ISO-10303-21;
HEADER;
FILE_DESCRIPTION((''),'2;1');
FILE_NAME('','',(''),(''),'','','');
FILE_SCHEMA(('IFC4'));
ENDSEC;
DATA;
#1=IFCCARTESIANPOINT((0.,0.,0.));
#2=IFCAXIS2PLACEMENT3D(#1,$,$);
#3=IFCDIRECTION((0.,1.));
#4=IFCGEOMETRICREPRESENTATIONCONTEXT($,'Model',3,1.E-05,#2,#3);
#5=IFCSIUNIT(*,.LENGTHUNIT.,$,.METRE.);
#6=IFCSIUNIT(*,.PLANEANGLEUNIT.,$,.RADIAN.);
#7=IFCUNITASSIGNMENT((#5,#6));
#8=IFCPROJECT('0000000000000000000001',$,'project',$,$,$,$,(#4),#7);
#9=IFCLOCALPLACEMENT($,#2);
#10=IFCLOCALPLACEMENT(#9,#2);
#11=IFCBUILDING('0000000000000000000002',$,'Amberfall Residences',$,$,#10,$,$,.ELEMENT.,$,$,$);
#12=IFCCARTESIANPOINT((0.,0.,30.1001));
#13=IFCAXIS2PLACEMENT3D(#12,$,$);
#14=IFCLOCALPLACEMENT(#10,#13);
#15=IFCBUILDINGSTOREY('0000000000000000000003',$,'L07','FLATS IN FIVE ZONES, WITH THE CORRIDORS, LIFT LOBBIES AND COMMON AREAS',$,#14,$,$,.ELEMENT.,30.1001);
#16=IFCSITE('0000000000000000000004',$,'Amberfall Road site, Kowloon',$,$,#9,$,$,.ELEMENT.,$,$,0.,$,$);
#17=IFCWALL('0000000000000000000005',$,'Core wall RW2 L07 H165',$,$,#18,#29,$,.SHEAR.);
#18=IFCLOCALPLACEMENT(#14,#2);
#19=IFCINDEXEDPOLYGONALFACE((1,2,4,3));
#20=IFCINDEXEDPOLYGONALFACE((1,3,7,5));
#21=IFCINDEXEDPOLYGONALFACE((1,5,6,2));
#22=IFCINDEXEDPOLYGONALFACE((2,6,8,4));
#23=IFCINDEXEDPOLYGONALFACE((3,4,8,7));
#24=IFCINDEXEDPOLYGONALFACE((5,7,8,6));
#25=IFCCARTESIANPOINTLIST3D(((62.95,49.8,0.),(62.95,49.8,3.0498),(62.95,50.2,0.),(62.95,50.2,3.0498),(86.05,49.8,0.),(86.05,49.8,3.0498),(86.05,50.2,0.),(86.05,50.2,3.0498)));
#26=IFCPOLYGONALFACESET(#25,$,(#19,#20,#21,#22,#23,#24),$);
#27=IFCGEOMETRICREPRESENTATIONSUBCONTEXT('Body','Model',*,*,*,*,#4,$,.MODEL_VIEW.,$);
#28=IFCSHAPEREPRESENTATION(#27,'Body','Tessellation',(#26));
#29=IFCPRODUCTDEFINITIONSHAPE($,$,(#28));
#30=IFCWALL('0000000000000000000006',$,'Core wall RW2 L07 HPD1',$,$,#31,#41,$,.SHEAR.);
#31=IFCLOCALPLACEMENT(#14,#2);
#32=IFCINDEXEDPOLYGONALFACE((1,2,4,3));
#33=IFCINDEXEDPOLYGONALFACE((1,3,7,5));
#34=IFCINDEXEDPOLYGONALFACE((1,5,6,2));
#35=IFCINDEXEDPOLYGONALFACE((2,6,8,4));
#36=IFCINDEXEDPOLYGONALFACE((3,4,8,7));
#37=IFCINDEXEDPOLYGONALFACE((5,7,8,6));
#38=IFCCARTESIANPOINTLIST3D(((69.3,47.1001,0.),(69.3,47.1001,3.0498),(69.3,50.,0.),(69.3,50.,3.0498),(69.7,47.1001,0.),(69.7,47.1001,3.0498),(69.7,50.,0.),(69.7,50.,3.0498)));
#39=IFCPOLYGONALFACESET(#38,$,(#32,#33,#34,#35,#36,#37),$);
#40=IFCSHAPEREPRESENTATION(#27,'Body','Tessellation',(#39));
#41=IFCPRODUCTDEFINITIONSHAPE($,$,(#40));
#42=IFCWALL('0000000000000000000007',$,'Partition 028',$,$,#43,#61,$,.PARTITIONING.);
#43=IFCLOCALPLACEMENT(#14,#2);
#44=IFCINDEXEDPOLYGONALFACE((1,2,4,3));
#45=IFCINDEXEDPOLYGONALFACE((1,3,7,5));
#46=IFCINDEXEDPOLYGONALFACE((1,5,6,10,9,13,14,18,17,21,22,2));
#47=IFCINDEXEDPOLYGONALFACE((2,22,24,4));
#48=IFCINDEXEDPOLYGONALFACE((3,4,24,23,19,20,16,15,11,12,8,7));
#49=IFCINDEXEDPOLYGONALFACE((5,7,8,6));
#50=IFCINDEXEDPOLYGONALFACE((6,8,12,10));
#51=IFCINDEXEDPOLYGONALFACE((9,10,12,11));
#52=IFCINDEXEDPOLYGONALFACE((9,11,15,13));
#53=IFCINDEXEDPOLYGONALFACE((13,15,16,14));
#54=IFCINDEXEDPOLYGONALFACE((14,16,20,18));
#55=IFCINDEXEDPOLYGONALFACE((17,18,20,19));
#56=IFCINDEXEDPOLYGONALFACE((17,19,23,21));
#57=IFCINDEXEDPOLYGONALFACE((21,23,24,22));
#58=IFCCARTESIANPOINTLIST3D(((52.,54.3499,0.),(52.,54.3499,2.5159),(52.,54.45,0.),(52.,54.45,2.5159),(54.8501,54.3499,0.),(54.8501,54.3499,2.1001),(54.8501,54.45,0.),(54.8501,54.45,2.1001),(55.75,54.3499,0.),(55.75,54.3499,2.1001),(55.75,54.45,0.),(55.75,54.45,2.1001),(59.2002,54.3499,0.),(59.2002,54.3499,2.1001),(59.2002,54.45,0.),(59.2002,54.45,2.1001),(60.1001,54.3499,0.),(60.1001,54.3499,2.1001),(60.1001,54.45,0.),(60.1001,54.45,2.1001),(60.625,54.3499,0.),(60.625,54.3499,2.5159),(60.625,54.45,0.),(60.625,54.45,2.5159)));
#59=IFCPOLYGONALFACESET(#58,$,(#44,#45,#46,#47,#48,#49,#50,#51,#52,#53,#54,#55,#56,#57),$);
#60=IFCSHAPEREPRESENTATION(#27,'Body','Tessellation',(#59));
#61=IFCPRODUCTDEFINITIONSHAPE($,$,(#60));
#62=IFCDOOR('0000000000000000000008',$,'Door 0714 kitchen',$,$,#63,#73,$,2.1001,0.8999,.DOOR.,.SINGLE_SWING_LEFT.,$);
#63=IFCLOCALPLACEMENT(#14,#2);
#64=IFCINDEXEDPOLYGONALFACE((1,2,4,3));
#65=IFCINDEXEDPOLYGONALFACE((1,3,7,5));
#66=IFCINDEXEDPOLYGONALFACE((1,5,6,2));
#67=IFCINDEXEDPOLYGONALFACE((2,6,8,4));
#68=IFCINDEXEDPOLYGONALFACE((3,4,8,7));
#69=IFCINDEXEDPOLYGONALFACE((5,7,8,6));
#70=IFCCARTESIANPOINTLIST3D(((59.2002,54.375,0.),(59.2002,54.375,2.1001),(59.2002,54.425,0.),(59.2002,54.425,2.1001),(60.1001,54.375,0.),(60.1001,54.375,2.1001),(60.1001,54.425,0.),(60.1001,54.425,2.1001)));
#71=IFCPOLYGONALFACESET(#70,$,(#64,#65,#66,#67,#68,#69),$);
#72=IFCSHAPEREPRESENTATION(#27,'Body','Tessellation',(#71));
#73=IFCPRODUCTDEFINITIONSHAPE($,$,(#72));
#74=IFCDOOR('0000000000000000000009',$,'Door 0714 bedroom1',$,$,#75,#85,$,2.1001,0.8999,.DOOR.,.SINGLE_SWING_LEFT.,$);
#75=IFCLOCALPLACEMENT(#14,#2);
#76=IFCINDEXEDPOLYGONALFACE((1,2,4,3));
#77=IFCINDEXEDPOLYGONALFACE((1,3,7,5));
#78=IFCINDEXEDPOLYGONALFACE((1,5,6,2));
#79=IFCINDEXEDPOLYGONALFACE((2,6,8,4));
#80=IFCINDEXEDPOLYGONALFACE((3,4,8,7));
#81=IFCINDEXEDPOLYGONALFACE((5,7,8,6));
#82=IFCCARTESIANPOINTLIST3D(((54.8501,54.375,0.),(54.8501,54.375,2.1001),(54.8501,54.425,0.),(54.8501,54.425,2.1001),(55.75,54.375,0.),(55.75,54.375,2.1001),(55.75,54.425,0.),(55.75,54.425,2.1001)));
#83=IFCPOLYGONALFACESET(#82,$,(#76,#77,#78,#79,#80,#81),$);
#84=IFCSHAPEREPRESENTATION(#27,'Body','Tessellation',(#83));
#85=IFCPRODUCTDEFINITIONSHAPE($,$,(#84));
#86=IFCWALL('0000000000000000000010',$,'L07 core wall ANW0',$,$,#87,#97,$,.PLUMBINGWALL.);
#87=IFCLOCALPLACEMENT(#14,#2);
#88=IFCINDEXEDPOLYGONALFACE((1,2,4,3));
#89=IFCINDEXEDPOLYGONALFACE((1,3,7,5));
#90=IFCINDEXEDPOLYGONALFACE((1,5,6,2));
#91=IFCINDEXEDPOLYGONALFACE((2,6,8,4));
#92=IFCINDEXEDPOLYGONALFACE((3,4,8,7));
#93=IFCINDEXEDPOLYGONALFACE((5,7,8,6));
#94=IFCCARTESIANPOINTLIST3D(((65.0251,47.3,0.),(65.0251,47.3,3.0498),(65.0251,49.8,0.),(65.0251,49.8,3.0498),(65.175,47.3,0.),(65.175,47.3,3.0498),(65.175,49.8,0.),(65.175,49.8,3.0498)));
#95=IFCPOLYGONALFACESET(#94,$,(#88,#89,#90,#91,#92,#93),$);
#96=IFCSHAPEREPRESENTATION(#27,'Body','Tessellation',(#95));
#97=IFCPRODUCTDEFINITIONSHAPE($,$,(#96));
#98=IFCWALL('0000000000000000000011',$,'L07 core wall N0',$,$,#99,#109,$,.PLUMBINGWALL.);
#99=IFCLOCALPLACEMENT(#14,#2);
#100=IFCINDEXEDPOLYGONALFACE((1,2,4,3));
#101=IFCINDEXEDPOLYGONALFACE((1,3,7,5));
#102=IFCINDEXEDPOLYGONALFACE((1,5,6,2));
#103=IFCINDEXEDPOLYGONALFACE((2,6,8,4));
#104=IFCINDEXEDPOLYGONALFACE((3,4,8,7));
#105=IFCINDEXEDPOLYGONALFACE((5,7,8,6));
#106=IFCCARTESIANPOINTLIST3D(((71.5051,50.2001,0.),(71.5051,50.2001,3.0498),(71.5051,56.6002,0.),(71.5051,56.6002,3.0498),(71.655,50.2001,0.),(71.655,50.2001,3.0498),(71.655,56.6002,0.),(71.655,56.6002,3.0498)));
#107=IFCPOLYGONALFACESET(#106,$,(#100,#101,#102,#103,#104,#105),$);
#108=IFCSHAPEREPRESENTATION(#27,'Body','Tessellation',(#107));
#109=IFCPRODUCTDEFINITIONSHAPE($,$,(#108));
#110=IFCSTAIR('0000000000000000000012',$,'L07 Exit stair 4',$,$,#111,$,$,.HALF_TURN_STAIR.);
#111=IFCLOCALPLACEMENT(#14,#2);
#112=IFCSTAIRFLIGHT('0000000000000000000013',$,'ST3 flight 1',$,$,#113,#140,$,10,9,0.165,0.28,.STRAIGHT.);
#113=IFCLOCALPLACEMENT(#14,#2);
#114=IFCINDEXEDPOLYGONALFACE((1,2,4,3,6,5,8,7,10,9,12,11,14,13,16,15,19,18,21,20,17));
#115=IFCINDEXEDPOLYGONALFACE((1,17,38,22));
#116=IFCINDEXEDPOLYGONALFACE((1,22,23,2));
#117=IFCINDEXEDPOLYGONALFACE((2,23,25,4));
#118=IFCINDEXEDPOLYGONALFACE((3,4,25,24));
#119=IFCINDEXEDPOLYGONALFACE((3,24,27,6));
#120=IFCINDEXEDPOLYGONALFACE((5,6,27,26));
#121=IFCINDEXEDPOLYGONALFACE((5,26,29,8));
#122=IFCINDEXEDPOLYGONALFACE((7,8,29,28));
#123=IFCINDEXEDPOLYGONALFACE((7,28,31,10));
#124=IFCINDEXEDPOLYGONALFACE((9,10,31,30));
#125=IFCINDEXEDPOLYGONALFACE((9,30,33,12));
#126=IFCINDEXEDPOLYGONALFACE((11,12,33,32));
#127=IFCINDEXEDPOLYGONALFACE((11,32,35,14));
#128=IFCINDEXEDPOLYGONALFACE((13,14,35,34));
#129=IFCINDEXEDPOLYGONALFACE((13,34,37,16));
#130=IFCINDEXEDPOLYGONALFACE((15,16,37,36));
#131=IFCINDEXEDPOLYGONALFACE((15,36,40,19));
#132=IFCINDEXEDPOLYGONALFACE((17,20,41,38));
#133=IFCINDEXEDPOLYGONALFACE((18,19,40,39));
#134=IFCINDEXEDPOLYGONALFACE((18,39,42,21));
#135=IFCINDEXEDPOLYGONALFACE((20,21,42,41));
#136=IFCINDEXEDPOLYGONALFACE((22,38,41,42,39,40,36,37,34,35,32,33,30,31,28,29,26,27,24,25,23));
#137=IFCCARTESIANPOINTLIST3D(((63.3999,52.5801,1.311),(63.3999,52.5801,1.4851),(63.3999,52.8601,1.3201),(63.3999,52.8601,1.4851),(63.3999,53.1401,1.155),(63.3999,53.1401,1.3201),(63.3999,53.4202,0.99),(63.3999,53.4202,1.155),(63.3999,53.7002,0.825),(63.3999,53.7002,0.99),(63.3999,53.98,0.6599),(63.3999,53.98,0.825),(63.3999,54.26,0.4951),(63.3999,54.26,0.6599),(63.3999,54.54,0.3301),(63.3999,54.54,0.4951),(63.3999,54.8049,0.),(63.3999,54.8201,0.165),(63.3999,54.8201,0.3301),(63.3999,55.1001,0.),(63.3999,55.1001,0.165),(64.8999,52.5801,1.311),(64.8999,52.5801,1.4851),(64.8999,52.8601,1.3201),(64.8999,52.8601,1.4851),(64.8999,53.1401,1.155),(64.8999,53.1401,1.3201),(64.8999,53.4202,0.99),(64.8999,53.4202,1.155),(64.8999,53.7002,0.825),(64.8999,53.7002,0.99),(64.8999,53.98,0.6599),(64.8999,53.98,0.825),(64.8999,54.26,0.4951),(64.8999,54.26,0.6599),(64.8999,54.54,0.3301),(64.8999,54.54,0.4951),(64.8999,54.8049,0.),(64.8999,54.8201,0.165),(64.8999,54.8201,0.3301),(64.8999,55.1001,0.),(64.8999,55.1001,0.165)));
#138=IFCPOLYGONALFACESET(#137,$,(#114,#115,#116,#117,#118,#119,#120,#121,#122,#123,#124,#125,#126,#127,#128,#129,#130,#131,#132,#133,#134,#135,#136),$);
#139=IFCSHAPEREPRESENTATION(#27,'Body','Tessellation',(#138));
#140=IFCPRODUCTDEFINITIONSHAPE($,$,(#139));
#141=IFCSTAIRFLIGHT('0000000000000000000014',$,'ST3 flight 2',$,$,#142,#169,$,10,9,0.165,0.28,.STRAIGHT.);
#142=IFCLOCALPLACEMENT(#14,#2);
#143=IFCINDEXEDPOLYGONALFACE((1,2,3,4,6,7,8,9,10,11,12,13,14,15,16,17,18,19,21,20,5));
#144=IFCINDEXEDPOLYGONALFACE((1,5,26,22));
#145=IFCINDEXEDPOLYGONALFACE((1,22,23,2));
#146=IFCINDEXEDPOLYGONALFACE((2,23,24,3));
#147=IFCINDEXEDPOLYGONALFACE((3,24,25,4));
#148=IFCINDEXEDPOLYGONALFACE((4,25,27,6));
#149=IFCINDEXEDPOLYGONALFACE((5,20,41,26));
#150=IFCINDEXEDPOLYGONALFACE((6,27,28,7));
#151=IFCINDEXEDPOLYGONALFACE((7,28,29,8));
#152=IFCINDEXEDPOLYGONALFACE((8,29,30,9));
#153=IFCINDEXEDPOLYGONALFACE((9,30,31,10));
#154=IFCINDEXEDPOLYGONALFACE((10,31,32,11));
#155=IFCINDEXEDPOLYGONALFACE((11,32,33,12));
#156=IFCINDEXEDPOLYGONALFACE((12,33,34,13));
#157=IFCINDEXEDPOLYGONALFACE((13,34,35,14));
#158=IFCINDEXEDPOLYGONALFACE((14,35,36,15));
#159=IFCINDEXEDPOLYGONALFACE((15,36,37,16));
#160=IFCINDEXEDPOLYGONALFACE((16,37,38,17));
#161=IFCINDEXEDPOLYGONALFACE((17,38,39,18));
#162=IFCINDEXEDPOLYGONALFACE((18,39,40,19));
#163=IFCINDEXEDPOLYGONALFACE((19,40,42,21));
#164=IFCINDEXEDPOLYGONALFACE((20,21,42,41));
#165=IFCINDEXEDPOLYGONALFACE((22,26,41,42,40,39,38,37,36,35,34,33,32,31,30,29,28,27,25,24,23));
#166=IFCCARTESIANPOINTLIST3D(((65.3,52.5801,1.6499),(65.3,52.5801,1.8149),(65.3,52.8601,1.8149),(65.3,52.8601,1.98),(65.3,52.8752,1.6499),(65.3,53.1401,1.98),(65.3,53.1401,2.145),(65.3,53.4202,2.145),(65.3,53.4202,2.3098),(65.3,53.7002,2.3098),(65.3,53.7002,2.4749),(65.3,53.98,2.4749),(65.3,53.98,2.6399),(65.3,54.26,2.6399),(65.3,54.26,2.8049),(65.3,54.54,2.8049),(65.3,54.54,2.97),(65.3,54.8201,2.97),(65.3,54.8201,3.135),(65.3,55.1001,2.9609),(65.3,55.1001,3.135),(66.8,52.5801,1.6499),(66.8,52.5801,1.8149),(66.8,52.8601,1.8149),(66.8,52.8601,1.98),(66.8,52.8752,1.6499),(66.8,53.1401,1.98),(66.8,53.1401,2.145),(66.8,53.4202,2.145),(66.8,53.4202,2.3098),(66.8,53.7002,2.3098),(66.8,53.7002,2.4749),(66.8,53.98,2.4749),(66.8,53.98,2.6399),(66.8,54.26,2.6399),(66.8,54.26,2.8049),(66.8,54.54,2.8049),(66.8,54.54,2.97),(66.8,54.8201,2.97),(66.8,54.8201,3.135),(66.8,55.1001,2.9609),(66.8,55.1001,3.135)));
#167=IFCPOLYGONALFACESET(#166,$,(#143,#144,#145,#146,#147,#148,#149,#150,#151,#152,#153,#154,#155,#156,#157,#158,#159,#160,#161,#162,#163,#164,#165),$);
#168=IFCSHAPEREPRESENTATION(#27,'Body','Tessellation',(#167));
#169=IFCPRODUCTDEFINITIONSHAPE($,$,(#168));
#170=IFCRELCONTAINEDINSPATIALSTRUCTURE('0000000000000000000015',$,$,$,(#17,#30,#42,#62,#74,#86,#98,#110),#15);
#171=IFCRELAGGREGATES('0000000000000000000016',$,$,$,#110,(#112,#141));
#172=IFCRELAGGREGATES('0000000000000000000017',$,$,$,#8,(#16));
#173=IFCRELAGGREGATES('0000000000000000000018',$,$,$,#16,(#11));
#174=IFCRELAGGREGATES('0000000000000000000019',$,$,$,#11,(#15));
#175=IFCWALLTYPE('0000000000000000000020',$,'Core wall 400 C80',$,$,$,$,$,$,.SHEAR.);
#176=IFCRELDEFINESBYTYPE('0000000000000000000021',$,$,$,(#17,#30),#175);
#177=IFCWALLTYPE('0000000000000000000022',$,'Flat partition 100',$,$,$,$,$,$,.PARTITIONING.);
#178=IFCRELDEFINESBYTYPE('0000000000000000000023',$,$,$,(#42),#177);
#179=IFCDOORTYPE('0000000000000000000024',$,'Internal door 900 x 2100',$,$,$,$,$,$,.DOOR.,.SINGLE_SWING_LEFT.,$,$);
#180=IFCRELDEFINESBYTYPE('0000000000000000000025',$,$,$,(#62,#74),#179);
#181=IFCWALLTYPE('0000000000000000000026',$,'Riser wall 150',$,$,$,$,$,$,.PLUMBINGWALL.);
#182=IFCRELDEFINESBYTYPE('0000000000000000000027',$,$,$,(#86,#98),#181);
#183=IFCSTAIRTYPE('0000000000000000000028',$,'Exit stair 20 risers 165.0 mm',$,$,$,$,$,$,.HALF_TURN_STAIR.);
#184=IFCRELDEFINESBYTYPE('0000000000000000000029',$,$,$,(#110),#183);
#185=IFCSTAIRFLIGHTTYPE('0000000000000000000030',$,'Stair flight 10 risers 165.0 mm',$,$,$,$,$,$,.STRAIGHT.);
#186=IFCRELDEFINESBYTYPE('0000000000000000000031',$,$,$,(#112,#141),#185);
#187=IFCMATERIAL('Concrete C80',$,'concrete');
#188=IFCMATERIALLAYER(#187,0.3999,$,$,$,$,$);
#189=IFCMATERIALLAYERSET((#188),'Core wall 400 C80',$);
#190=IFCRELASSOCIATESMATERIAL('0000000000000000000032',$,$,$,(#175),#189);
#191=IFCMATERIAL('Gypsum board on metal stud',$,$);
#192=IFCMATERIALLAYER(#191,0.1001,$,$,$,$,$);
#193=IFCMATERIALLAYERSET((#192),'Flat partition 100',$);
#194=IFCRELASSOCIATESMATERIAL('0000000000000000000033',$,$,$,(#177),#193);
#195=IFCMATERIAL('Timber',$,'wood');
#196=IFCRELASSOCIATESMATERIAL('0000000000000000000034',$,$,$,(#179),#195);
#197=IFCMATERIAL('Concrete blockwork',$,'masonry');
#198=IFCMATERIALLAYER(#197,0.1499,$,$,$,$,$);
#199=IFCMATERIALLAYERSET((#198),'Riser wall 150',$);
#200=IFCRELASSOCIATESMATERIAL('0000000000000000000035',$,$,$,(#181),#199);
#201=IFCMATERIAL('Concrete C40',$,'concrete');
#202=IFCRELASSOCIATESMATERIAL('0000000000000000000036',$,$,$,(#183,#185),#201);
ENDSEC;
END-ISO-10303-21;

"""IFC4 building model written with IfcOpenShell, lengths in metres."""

from ifc_helpers import new_model, si_unit, direction, frame, frame_2d, origin, place, context, subcontext, project, spatial, polyline, rectangle, outline, extrude, material, layer, layer_set, type_object, element, fill, aggregate, save


model = new_model("IFC4")

# Units and contexts
model_context = context("Model", 3, precision=1e-05, world=origin(), true_north=direction((0.0, 1.0)))
body_context = subcontext(model_context, "Body", "Model", "MODEL_VIEW")
ifc_project = project(units=[si_unit("LENGTHUNIT", "METRE"), si_unit("PLANEANGLEUNIT", "RADIAN")], contexts=[model_context])

# Site, building, storey
site_placement = place(None, origin())
site = spatial("IfcSite", under=ifc_project, at=site_placement, Name="Amberfall Road site, Kowloon", CompositionType="ELEMENT", RefElevation=0.0)
building_placement = place(site_placement, origin())
building = spatial("IfcBuilding", under=site, at=building_placement, Name="Amberfall Residences", CompositionType="ELEMENT")
storey_placement = place(building_placement, frame((0.0, 0.0, 30.1001)))
storey = spatial("IfcBuildingStorey", under=building, at=storey_placement, Name="L07", Description="FLATS IN FIVE ZONES, WITH THE CORRIDORS, LIFT LOBBIES AND COMMON AREAS", CompositionType="ELEMENT", Elevation=30.1001)

# Walls
ifc_material_1 = material(Name="Concrete C80", Category="concrete")
ifc_layer_1 = layer(ifc_material_1, 0.3999)
ifc_layer_set_1 = layer_set([ifc_layer_1], Name="Core wall 400 C80")
wall_type_1 = type_object("IfcWallType", Name="Core wall 400 C80", PredefinedType="SHEAR", material=ifc_layer_set_1)
wall_1_placement = place(storey_placement, frame((62.95, 50.0, 0.0), z_axis=(0.0, 0.0, 1.0), x_axis=(1.0, 0.0, 0.0)))
element("IfcWall", 1, at=wall_1_placement, inside=storey, type_object=wall_type_1, Name="Core wall RW2 L07 H165", PredefinedType="SHEAR", context=body_context, shape_type="SweptSolid", body=[
    extrude(rectangle(XDim=23.1001, YDim=0.3999, at=frame_2d((11.55, 0.0))), origin(), (0.0, 0.0, 1.0), 3.0498),
])
wall_2_placement = place(storey_placement, frame((69.5, 47.1001, 0.0), z_axis=(0.0, 0.0, 1.0), x_axis=(0.0, 1.0, 0.0)))
element("IfcWall", 2, at=wall_2_placement, inside=storey, type_object=wall_type_1, Name="Core wall RW2 L07 HPD1", PredefinedType="SHEAR", context=body_context, shape_type="SweptSolid", body=[
    extrude(rectangle(XDim=2.8999, YDim=0.3999, at=frame_2d((1.45, 0.0))), origin(), (0.0, 0.0, 1.0), 3.0498),
])

# Wall, openings, doors
ifc_material_2 = material(Name="Gypsum board on metal stud")
ifc_layer_2 = layer(ifc_material_2, 0.1001)
ifc_layer_set_2 = layer_set([ifc_layer_2], Name="Flat partition 100")
wall_type_2 = type_object("IfcWallType", Name="Flat partition 100", PredefinedType="PARTITIONING", material=ifc_layer_set_2)
wall_3_placement = place(storey_placement, frame((60.625, 54.3999, 0.0), z_axis=(0.0, 0.0, 1.0), x_axis=(-1.0, 0.0, 0.0)))
wall_3 = element("IfcWall", 3, at=wall_3_placement, inside=storey, type_object=wall_type_2, Name="Partition 028", PredefinedType="PARTITIONING", context=body_context, shape_type="SweptSolid", body=[
    extrude(rectangle(XDim=8.625, YDim=0.1001, at=frame_2d((4.3125, 0.0))), origin(), (0.0, 0.0, 1.0), 2.5159),
])
opening_1_placement = place(wall_3_placement, frame((0.5249, 0.0, 0.0)))
opening_1 = element("IfcOpeningElement", 4, at=opening_1_placement, cuts=wall_3, PredefinedType="OPENING", context=body_context, shape_type="SweptSolid", body=[
    extrude(rectangle(XDim=0.8999, YDim=2.1001, at=frame_2d((0.45, 1.05))), frame((0.0, 0.0601, 0.0), z_axis=(0.0, -1.0, 0.0), x_axis=(1.0, 0.0, 0.0)), (0.0, 0.0, 1.0), 0.1201),
])
opening_2_placement = place(wall_3_placement, frame((4.875, 0.0, 0.0)))
opening_2 = element("IfcOpeningElement", 5, at=opening_2_placement, cuts=wall_3, PredefinedType="OPENING", context=body_context, shape_type="SweptSolid", body=[
    extrude(rectangle(XDim=0.8999, YDim=2.1001, at=frame_2d((0.45, 1.05))), frame((0.0, 0.0601, 0.0), z_axis=(0.0, -1.0, 0.0), x_axis=(1.0, 0.0, 0.0)), (0.0, 0.0, 1.0), 0.1201),
])
ifc_material_3 = material(Name="Timber", Category="wood")
door_type = type_object("IfcDoorType", Name="Internal door 900 x 2100", OperationType="SINGLE_SWING_LEFT", PredefinedType="DOOR", material=ifc_material_3)
door_1_placement = place(opening_1_placement, origin())
door_1 = element("IfcDoor", 6, at=door_1_placement, inside=storey, type_object=door_type, Name="Door 0714 kitchen", OperationType="SINGLE_SWING_LEFT", OverallHeight=2.1001, OverallWidth=0.8999, PredefinedType="DOOR", context=body_context, shape_type="SweptSolid", body=[
    extrude(rectangle(XDim=0.8999, YDim=2.1001, at=frame_2d((0.45, 1.05))), frame((0.0, 0.0249, 0.0), z_axis=(0.0, -1.0, 0.0), x_axis=(1.0, 0.0, 0.0)), (0.0, 0.0, 1.0), 0.05),
])
fill(opening_1, door_1)
door_2_placement = place(opening_2_placement, origin())
door_2 = element("IfcDoor", 7, at=door_2_placement, inside=storey, type_object=door_type, Name="Door 0714 bedroom1", OperationType="SINGLE_SWING_LEFT", OverallHeight=2.1001, OverallWidth=0.8999, PredefinedType="DOOR", context=body_context, shape_type="SweptSolid", body=[
    extrude(rectangle(XDim=0.8999, YDim=2.1001, at=frame_2d((0.45, 1.05))), frame((0.0, 0.0249, 0.0), z_axis=(0.0, -1.0, 0.0), x_axis=(1.0, 0.0, 0.0)), (0.0, 0.0, 1.0), 0.05),
])
fill(opening_2, door_2)

# Walls
ifc_material_4 = material(Name="Concrete blockwork", Category="masonry")
ifc_layer_3 = layer(ifc_material_4, 0.1499)
ifc_layer_set_3 = layer_set([ifc_layer_3], Name="Riser wall 150")
wall_type_3 = type_object("IfcWallType", Name="Riser wall 150", PredefinedType="PLUMBINGWALL", material=ifc_layer_set_3)
wall_4_placement = place(storey_placement, frame((65.1001, 47.3, 0.0), z_axis=(0.0, 0.0, 1.0), x_axis=(0.0, 1.0, 0.0)))
element("IfcWall", 8, at=wall_4_placement, inside=storey, type_object=wall_type_3, Name="L07 core wall ANW0", PredefinedType="PLUMBINGWALL", context=body_context, shape_type="SweptSolid", body=[
    extrude(rectangle(XDim=2.5, YDim=0.1499, at=frame_2d((1.25, 0.0))), origin(), (0.0, 0.0, 1.0), 3.0498),
])
wall_5_placement = place(storey_placement, frame((71.5801, 50.2, 0.0), z_axis=(0.0, 0.0, 1.0), x_axis=(0.0, 1.0, 0.0)))
element("IfcWall", 9, at=wall_5_placement, inside=storey, type_object=wall_type_3, Name="L07 core wall N0", PredefinedType="PLUMBINGWALL", context=body_context, shape_type="SweptSolid", body=[
    extrude(rectangle(XDim=6.4001, YDim=0.1499, at=frame_2d((3.2002, 0.0))), origin(), (0.0, 0.0, 1.0), 3.0498),
])

# Stair, stair flights
ifc_material_5 = material(Name="Concrete C40", Category="concrete")
stair_type = type_object("IfcStairType", Name="Exit stair 20 risers 165.0 mm", PredefinedType="HALF_TURN_STAIR", material=ifc_material_5)
stair_placement = place(storey_placement, origin())
stair = element("IfcStair", 10, at=stair_placement, inside=storey, type_object=stair_type, Name="L07 Exit stair 4", PredefinedType="HALF_TURN_STAIR")
stair_flight_type = type_object("IfcStairFlightType", Name="Stair flight 10 risers 165.0 mm", PredefinedType="STRAIGHT", material=ifc_material_5)
stair_flight_1_placement = place(storey_placement, frame((64.1499, 55.1001, 0.0), z_axis=(0.0, 0.0, 1.0), x_axis=(0.0, -1.0, 0.0)))
stair_flight_1 = element("IfcStairFlight", 11, at=stair_flight_1_placement, type_object=stair_flight_type, Name="ST3 flight 1", NumberOfRisers=10, NumberOfTreads=9, PredefinedType="STRAIGHT", RiserHeight=0.165, TreadLength=0.28, context=body_context, shape_type="SweptSolid", body=[
    extrude(outline(polyline([(0.0, 0.0), (0.0, 0.165), (0.28, 0.165), (0.28, 0.3301), (0.5601, 0.3301), (0.5601, 0.4951), (0.8401, 0.4951), (0.8401, 0.6599), (1.1201, 0.6599), (1.1201, 0.825), (1.3999, 0.825), (1.3999, 0.99), (1.6799, 0.99), (1.6799, 1.155), (1.96, 1.155), (1.96, 1.3201), (2.24, 1.3201), (2.24, 1.4851), (2.52, 1.4851), (2.52, 1.6499), (2.52, 1.311), (0.2952, 0.0), (0.0, 0.0)])), frame((0.0, 0.75, 0.0), z_axis=(0.0, -1.0, 0.0), x_axis=(1.0, 0.0, 0.0)), (0.0, 0.0, 1.0), 1.5),
])
stair_flight_2_placement = place(storey_placement, frame((66.05, 52.5801, 1.6499), z_axis=(0.0, 0.0, 1.0), x_axis=(0.0, 1.0, 0.0)))
stair_flight_2 = element("IfcStairFlight", 12, at=stair_flight_2_placement, type_object=stair_flight_type, Name="ST3 flight 2", NumberOfRisers=10, NumberOfTreads=9, PredefinedType="STRAIGHT", RiserHeight=0.165, TreadLength=0.28, context=body_context, shape_type="SweptSolid", body=[
    extrude(outline(polyline([(0.0, 0.0), (0.0, 0.165), (0.28, 0.165), (0.28, 0.3301), (0.5601, 0.3301), (0.5601, 0.4951), (0.8401, 0.4951), (0.8401, 0.6599), (1.1201, 0.6599), (1.1201, 0.825), (1.3999, 0.825), (1.3999, 0.99), (1.6799, 0.99), (1.6799, 1.155), (1.96, 1.155), (1.96, 1.3201), (2.24, 1.3201), (2.24, 1.4851), (2.52, 1.4851), (2.52, 1.6499), (2.52, 1.311), (0.2952, 0.0), (0.0, 0.0)])), frame((0.0, 0.75, 0.0), z_axis=(0.0, -1.0, 0.0), x_axis=(1.0, 0.0, 0.0)), (0.0, 0.0, 1.0), 1.5),
])
aggregate(stair, [stair_flight_1, stair_flight_2])

save(model, "model.ifc")
